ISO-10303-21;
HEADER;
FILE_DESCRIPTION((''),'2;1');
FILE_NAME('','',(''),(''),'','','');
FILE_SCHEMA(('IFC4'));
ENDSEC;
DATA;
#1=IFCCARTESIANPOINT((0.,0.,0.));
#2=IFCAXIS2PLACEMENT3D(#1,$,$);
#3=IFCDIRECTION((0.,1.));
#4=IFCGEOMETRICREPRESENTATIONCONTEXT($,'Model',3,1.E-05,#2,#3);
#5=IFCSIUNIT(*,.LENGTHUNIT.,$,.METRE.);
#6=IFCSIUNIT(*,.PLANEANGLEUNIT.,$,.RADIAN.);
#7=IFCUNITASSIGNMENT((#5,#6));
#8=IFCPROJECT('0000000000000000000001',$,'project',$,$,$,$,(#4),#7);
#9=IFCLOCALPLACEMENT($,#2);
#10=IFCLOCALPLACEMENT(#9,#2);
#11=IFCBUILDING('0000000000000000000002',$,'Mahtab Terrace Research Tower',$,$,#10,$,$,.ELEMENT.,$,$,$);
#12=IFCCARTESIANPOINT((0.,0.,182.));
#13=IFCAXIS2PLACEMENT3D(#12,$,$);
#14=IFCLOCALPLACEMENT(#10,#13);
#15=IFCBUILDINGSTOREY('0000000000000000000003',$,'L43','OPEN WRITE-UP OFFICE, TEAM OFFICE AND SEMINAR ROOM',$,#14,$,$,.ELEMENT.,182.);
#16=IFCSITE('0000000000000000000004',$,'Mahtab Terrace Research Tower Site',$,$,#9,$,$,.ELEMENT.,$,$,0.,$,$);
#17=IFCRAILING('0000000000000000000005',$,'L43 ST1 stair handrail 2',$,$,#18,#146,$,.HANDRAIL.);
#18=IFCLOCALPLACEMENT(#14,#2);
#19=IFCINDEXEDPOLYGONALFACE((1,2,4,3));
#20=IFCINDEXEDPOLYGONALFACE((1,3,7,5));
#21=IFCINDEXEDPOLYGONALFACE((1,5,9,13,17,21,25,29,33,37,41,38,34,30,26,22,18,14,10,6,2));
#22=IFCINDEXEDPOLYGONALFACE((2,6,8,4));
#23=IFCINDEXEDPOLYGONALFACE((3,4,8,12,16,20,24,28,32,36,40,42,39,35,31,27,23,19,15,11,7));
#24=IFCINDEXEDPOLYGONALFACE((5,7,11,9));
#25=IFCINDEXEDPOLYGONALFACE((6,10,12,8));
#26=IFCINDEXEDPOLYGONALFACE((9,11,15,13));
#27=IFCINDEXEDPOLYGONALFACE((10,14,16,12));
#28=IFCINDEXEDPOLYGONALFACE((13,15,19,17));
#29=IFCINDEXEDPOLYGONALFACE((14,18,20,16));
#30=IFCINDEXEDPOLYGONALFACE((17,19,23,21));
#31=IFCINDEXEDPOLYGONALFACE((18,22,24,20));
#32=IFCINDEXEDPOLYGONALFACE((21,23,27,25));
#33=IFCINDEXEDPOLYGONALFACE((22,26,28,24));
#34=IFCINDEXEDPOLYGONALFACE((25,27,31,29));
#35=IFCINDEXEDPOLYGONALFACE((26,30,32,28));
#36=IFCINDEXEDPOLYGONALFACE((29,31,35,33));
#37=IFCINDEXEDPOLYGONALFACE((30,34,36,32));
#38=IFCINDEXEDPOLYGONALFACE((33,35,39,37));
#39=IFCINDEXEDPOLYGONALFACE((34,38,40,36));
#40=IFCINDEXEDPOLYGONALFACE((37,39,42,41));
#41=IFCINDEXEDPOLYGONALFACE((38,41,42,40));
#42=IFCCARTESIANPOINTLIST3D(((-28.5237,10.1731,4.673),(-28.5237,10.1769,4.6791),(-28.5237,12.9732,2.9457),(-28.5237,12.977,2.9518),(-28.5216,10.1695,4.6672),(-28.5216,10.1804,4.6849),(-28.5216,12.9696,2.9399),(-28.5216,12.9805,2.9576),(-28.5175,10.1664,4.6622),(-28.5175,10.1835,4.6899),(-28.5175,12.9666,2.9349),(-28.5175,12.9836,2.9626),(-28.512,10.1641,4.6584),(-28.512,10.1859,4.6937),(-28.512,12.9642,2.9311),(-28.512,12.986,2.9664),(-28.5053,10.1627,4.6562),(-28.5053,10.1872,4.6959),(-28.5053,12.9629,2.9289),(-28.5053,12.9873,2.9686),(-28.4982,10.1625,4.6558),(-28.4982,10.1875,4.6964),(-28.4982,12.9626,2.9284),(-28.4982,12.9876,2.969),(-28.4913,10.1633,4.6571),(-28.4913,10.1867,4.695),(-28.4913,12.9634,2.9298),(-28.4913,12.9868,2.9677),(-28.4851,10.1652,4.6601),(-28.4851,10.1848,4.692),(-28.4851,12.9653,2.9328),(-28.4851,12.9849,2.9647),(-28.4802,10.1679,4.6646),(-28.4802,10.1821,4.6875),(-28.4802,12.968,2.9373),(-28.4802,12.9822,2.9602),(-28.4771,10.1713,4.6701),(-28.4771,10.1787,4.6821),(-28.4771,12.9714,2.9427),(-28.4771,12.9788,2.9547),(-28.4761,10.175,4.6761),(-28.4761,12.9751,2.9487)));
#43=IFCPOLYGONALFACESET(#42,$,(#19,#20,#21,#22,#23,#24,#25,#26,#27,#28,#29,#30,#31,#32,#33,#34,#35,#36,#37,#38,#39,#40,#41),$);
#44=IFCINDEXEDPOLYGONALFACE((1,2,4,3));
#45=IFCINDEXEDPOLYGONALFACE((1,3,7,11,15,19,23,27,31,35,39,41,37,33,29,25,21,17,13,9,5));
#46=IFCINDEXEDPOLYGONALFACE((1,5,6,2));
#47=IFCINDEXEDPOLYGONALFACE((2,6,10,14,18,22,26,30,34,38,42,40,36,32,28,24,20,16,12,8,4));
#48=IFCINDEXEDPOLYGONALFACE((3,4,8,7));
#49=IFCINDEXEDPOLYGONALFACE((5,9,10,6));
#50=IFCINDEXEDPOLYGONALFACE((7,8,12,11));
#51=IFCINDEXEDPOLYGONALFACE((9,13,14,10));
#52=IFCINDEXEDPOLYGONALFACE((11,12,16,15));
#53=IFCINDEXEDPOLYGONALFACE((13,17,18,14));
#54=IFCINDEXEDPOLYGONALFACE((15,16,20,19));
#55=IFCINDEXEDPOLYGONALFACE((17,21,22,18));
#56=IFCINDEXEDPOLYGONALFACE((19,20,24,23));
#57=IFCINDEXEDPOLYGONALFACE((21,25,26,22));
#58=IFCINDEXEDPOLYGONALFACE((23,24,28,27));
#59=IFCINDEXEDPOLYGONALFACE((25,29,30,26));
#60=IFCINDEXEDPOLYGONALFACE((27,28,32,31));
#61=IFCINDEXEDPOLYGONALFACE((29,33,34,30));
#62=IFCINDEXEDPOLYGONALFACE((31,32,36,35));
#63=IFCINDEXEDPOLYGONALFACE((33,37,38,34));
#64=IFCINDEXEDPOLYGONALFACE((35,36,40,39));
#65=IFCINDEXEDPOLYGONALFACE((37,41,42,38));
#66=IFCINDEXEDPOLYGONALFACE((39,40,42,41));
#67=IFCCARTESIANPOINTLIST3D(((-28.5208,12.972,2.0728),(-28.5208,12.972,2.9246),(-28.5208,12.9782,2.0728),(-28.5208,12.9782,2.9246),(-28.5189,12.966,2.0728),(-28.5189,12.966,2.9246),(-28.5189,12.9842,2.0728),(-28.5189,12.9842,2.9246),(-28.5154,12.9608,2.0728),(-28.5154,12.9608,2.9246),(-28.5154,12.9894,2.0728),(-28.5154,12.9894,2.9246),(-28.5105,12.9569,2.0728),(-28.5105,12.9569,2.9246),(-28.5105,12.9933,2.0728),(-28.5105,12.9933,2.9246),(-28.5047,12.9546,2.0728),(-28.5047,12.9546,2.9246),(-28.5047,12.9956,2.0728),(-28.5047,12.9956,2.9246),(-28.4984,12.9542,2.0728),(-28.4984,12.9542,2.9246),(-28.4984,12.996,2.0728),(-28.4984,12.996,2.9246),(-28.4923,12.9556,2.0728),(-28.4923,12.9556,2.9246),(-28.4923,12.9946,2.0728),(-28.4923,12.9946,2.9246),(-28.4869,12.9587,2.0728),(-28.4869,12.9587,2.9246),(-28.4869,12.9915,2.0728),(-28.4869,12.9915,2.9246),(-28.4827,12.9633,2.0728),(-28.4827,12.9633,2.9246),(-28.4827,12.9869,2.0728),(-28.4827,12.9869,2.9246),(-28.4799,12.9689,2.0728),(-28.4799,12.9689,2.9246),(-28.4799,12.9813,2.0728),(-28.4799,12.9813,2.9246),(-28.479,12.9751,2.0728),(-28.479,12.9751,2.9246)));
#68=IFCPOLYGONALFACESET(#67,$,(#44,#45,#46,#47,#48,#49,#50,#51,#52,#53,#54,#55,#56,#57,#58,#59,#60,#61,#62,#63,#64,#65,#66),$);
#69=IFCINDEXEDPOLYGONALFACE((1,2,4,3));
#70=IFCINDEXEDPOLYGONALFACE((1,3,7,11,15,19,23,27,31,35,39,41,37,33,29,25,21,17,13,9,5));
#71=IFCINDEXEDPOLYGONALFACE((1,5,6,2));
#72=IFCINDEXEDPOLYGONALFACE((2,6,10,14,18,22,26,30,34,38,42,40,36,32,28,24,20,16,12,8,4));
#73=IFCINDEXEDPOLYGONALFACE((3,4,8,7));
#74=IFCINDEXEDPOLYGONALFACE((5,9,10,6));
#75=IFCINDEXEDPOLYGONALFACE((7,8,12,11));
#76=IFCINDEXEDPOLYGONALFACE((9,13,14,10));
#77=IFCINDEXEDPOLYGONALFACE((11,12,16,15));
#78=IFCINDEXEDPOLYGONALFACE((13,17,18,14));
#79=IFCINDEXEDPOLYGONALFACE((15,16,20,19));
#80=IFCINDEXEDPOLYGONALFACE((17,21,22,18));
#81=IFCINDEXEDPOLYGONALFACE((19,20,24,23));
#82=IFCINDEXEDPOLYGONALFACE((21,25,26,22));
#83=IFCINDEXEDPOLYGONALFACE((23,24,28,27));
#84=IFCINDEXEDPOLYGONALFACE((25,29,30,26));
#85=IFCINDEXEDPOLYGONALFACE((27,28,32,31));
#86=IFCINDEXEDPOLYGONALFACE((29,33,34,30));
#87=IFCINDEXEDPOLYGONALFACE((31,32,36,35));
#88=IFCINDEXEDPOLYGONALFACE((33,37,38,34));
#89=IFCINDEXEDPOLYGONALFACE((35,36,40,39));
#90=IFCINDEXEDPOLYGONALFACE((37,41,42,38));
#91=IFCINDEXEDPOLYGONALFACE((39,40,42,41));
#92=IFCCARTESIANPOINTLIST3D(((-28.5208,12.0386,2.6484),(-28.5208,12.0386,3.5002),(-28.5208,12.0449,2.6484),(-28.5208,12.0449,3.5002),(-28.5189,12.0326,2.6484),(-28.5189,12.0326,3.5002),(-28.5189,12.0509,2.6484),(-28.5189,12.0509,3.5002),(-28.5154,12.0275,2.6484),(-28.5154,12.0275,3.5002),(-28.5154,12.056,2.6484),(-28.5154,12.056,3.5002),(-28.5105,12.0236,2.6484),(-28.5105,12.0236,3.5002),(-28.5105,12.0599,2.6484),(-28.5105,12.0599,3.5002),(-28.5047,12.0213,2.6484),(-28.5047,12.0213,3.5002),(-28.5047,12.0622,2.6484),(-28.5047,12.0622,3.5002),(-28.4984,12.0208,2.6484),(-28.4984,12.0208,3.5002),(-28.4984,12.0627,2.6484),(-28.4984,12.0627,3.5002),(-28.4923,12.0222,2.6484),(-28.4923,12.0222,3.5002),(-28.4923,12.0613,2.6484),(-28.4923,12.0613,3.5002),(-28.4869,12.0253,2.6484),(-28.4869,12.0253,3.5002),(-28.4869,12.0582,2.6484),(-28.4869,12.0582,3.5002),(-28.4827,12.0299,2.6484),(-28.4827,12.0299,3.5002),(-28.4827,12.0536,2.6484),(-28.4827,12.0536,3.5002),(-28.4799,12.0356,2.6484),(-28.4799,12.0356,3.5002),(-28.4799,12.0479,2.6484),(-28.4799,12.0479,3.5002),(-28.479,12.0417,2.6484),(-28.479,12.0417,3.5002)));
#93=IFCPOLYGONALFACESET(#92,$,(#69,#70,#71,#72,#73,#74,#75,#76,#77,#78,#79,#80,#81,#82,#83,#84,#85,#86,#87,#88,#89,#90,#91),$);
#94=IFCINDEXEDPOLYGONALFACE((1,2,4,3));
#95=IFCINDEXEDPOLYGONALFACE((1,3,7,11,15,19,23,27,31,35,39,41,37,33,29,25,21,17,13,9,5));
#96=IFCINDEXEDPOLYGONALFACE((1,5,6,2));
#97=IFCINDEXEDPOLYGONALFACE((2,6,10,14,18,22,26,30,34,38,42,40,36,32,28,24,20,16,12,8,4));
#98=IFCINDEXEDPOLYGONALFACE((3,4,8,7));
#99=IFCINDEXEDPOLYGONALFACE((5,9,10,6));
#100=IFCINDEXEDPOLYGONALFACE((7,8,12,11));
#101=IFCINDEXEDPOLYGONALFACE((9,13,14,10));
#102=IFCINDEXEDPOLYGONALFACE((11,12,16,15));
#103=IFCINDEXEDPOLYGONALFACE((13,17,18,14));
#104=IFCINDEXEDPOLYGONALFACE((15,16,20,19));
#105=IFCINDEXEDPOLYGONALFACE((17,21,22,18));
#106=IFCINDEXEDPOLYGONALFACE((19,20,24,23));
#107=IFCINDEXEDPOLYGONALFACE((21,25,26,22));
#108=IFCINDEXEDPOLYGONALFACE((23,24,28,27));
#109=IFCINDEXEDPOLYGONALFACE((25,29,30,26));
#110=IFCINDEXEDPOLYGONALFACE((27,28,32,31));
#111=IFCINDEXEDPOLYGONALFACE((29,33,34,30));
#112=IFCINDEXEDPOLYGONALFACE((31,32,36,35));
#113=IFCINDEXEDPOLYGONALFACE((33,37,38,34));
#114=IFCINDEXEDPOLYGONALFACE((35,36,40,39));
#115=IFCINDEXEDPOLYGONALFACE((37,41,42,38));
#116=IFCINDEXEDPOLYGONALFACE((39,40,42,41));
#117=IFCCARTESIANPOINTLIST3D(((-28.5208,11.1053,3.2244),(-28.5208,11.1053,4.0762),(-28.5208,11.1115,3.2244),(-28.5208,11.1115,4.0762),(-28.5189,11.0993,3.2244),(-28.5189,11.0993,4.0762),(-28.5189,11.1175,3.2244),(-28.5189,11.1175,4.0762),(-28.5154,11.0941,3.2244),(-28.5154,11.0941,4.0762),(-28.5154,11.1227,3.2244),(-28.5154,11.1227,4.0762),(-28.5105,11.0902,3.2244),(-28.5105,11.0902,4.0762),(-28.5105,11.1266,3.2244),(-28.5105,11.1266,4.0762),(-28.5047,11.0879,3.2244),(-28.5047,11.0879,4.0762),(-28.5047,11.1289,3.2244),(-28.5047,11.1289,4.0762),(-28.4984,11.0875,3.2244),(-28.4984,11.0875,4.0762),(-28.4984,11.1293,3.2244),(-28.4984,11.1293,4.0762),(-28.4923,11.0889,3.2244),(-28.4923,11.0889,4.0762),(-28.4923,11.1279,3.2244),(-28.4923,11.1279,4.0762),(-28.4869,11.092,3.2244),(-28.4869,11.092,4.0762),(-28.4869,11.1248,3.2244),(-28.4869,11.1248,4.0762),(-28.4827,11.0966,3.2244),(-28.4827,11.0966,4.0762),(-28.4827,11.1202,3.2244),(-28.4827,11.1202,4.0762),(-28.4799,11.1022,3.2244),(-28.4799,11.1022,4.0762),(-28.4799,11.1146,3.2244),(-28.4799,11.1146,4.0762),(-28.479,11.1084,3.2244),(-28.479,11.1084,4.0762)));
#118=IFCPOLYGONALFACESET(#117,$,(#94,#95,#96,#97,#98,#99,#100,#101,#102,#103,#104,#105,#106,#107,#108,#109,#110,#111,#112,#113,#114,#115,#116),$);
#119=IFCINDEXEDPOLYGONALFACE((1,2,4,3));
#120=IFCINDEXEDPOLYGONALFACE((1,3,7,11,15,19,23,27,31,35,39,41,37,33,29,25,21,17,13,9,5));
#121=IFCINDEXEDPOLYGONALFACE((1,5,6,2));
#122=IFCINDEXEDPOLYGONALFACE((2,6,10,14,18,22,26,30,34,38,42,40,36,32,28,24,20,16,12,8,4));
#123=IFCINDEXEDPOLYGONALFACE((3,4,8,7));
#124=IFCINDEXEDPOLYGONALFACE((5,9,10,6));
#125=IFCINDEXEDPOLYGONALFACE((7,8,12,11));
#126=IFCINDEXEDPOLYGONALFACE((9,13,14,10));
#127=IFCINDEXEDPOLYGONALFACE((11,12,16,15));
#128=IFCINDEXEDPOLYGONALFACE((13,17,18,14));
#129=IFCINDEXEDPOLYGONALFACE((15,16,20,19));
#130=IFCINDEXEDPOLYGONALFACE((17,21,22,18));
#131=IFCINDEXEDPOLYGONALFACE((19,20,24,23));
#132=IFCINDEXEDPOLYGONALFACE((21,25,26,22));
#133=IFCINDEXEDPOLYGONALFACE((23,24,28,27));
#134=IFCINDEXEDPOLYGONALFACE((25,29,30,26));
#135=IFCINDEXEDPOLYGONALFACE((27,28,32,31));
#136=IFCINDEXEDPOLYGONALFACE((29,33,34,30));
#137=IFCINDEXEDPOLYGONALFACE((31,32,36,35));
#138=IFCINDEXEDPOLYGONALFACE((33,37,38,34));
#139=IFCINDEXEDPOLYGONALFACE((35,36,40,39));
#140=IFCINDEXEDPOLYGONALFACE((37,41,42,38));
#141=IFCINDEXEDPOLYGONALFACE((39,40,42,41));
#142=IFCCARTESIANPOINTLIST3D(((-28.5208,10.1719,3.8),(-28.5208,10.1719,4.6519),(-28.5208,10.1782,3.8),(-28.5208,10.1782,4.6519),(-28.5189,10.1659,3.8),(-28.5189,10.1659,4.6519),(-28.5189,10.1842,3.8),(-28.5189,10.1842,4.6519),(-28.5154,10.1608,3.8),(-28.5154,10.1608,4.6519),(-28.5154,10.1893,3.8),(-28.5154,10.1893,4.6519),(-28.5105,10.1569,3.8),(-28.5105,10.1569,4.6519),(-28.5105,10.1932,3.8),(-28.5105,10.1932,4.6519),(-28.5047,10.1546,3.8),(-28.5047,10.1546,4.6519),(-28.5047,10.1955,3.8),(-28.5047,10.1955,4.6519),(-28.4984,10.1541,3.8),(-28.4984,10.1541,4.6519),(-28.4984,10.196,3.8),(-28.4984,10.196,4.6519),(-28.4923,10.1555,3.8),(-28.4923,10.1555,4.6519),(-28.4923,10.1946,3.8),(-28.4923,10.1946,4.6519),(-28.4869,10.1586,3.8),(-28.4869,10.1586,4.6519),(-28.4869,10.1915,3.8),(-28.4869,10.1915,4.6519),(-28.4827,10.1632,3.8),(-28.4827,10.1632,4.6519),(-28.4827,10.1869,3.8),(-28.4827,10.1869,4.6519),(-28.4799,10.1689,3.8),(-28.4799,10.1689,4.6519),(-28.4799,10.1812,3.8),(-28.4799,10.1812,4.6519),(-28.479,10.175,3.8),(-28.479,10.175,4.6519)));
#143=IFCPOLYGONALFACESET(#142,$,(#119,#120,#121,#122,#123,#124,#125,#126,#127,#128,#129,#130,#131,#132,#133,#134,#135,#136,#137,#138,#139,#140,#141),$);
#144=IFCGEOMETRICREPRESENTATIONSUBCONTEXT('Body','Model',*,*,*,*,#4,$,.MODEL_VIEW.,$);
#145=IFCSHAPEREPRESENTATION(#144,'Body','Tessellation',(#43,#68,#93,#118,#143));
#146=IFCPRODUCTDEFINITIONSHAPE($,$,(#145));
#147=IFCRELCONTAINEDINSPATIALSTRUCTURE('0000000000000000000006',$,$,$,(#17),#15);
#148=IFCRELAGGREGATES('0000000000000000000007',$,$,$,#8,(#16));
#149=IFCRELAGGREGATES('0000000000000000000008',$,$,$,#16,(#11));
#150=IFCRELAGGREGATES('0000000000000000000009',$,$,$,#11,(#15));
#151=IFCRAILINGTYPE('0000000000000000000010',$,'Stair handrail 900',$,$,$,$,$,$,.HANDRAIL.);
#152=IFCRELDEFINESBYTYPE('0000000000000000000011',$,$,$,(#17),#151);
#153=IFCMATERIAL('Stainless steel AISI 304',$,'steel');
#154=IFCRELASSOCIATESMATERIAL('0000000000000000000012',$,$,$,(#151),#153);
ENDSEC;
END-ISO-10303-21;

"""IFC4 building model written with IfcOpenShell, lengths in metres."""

from ifc_helpers import new_model, si_unit, direction, frame, origin, origin_2d, place, context, subcontext, project, spatial, circle, extrude, material, type_object, element, save


model = new_model("IFC4")

# Units and contexts
model_context = context("Model", 3, precision=1e-05, world=origin(), true_north=direction((0.0, 1.0)))
body_context = subcontext(model_context, "Body", "Model", "MODEL_VIEW")
ifc_project = project(units=[si_unit("LENGTHUNIT", "METRE"), si_unit("PLANEANGLEUNIT", "RADIAN")], contexts=[model_context])

# Site, building, storey
site_placement = place(None, origin())
site = spatial("IfcSite", under=ifc_project, at=site_placement, Name="Mahtab Terrace Research Tower Site", CompositionType="ELEMENT", RefElevation=0.0)
building_placement = place(site_placement, origin())
building = spatial("IfcBuilding", under=site, at=building_placement, Name="Mahtab Terrace Research Tower", CompositionType="ELEMENT")
storey_placement = place(building_placement, frame((0.0, 0.0, 182.0)))
storey = spatial("IfcBuildingStorey", under=building, at=storey_placement, Name="L43", Description="OPEN WRITE-UP OFFICE, TEAM OFFICE AND SEMINAR ROOM", CompositionType="ELEMENT", Elevation=182.0)

# Railing
ifc_material_1 = material(Name="Stainless steel AISI 304", Category="steel")
railing_type_1 = type_object("IfcRailingType", Name="Stair handrail 900", PredefinedType="HANDRAIL", material=ifc_material_1)
railing_1_placement = place(storey_placement, frame((-28.5, 12.9751, 2.0728)))
element("IfcRailing", 1, at=railing_1_placement, inside=storey, type_object=railing_type_1, Name="L43 ST1 stair handrail 2", PredefinedType="HANDRAIL", context=body_context, shape_type="SweptSolid", body=[
    extrude(circle(Radius=0.0239, at=origin_2d()), frame((0.0, 0.0, 0.876), z_axis=(0.0, -0.85109, 0.52502), x_axis=(1.0, 0.0, 0.0)), (0.0, 0.0, 1.0), 3.29),
    extrude(circle(Radius=0.021, at=origin_2d()), origin(), (0.0, 0.0, 1.0), 0.8518),
    extrude(circle(Radius=0.021, at=origin_2d()), frame((0.0, -0.9333, 0.5757)), (0.0, 0.0, 1.0), 0.8518),
    extrude(circle(Radius=0.021, at=origin_2d()), frame((0.0, -1.8667, 1.1516)), (0.0, 0.0, 1.0), 0.8518),
    extrude(circle(Radius=0.021, at=origin_2d()), frame((0.0, -2.8, 1.7273)), (0.0, 0.0, 1.0), 0.8518),
])

save(model, "model.ifc")
